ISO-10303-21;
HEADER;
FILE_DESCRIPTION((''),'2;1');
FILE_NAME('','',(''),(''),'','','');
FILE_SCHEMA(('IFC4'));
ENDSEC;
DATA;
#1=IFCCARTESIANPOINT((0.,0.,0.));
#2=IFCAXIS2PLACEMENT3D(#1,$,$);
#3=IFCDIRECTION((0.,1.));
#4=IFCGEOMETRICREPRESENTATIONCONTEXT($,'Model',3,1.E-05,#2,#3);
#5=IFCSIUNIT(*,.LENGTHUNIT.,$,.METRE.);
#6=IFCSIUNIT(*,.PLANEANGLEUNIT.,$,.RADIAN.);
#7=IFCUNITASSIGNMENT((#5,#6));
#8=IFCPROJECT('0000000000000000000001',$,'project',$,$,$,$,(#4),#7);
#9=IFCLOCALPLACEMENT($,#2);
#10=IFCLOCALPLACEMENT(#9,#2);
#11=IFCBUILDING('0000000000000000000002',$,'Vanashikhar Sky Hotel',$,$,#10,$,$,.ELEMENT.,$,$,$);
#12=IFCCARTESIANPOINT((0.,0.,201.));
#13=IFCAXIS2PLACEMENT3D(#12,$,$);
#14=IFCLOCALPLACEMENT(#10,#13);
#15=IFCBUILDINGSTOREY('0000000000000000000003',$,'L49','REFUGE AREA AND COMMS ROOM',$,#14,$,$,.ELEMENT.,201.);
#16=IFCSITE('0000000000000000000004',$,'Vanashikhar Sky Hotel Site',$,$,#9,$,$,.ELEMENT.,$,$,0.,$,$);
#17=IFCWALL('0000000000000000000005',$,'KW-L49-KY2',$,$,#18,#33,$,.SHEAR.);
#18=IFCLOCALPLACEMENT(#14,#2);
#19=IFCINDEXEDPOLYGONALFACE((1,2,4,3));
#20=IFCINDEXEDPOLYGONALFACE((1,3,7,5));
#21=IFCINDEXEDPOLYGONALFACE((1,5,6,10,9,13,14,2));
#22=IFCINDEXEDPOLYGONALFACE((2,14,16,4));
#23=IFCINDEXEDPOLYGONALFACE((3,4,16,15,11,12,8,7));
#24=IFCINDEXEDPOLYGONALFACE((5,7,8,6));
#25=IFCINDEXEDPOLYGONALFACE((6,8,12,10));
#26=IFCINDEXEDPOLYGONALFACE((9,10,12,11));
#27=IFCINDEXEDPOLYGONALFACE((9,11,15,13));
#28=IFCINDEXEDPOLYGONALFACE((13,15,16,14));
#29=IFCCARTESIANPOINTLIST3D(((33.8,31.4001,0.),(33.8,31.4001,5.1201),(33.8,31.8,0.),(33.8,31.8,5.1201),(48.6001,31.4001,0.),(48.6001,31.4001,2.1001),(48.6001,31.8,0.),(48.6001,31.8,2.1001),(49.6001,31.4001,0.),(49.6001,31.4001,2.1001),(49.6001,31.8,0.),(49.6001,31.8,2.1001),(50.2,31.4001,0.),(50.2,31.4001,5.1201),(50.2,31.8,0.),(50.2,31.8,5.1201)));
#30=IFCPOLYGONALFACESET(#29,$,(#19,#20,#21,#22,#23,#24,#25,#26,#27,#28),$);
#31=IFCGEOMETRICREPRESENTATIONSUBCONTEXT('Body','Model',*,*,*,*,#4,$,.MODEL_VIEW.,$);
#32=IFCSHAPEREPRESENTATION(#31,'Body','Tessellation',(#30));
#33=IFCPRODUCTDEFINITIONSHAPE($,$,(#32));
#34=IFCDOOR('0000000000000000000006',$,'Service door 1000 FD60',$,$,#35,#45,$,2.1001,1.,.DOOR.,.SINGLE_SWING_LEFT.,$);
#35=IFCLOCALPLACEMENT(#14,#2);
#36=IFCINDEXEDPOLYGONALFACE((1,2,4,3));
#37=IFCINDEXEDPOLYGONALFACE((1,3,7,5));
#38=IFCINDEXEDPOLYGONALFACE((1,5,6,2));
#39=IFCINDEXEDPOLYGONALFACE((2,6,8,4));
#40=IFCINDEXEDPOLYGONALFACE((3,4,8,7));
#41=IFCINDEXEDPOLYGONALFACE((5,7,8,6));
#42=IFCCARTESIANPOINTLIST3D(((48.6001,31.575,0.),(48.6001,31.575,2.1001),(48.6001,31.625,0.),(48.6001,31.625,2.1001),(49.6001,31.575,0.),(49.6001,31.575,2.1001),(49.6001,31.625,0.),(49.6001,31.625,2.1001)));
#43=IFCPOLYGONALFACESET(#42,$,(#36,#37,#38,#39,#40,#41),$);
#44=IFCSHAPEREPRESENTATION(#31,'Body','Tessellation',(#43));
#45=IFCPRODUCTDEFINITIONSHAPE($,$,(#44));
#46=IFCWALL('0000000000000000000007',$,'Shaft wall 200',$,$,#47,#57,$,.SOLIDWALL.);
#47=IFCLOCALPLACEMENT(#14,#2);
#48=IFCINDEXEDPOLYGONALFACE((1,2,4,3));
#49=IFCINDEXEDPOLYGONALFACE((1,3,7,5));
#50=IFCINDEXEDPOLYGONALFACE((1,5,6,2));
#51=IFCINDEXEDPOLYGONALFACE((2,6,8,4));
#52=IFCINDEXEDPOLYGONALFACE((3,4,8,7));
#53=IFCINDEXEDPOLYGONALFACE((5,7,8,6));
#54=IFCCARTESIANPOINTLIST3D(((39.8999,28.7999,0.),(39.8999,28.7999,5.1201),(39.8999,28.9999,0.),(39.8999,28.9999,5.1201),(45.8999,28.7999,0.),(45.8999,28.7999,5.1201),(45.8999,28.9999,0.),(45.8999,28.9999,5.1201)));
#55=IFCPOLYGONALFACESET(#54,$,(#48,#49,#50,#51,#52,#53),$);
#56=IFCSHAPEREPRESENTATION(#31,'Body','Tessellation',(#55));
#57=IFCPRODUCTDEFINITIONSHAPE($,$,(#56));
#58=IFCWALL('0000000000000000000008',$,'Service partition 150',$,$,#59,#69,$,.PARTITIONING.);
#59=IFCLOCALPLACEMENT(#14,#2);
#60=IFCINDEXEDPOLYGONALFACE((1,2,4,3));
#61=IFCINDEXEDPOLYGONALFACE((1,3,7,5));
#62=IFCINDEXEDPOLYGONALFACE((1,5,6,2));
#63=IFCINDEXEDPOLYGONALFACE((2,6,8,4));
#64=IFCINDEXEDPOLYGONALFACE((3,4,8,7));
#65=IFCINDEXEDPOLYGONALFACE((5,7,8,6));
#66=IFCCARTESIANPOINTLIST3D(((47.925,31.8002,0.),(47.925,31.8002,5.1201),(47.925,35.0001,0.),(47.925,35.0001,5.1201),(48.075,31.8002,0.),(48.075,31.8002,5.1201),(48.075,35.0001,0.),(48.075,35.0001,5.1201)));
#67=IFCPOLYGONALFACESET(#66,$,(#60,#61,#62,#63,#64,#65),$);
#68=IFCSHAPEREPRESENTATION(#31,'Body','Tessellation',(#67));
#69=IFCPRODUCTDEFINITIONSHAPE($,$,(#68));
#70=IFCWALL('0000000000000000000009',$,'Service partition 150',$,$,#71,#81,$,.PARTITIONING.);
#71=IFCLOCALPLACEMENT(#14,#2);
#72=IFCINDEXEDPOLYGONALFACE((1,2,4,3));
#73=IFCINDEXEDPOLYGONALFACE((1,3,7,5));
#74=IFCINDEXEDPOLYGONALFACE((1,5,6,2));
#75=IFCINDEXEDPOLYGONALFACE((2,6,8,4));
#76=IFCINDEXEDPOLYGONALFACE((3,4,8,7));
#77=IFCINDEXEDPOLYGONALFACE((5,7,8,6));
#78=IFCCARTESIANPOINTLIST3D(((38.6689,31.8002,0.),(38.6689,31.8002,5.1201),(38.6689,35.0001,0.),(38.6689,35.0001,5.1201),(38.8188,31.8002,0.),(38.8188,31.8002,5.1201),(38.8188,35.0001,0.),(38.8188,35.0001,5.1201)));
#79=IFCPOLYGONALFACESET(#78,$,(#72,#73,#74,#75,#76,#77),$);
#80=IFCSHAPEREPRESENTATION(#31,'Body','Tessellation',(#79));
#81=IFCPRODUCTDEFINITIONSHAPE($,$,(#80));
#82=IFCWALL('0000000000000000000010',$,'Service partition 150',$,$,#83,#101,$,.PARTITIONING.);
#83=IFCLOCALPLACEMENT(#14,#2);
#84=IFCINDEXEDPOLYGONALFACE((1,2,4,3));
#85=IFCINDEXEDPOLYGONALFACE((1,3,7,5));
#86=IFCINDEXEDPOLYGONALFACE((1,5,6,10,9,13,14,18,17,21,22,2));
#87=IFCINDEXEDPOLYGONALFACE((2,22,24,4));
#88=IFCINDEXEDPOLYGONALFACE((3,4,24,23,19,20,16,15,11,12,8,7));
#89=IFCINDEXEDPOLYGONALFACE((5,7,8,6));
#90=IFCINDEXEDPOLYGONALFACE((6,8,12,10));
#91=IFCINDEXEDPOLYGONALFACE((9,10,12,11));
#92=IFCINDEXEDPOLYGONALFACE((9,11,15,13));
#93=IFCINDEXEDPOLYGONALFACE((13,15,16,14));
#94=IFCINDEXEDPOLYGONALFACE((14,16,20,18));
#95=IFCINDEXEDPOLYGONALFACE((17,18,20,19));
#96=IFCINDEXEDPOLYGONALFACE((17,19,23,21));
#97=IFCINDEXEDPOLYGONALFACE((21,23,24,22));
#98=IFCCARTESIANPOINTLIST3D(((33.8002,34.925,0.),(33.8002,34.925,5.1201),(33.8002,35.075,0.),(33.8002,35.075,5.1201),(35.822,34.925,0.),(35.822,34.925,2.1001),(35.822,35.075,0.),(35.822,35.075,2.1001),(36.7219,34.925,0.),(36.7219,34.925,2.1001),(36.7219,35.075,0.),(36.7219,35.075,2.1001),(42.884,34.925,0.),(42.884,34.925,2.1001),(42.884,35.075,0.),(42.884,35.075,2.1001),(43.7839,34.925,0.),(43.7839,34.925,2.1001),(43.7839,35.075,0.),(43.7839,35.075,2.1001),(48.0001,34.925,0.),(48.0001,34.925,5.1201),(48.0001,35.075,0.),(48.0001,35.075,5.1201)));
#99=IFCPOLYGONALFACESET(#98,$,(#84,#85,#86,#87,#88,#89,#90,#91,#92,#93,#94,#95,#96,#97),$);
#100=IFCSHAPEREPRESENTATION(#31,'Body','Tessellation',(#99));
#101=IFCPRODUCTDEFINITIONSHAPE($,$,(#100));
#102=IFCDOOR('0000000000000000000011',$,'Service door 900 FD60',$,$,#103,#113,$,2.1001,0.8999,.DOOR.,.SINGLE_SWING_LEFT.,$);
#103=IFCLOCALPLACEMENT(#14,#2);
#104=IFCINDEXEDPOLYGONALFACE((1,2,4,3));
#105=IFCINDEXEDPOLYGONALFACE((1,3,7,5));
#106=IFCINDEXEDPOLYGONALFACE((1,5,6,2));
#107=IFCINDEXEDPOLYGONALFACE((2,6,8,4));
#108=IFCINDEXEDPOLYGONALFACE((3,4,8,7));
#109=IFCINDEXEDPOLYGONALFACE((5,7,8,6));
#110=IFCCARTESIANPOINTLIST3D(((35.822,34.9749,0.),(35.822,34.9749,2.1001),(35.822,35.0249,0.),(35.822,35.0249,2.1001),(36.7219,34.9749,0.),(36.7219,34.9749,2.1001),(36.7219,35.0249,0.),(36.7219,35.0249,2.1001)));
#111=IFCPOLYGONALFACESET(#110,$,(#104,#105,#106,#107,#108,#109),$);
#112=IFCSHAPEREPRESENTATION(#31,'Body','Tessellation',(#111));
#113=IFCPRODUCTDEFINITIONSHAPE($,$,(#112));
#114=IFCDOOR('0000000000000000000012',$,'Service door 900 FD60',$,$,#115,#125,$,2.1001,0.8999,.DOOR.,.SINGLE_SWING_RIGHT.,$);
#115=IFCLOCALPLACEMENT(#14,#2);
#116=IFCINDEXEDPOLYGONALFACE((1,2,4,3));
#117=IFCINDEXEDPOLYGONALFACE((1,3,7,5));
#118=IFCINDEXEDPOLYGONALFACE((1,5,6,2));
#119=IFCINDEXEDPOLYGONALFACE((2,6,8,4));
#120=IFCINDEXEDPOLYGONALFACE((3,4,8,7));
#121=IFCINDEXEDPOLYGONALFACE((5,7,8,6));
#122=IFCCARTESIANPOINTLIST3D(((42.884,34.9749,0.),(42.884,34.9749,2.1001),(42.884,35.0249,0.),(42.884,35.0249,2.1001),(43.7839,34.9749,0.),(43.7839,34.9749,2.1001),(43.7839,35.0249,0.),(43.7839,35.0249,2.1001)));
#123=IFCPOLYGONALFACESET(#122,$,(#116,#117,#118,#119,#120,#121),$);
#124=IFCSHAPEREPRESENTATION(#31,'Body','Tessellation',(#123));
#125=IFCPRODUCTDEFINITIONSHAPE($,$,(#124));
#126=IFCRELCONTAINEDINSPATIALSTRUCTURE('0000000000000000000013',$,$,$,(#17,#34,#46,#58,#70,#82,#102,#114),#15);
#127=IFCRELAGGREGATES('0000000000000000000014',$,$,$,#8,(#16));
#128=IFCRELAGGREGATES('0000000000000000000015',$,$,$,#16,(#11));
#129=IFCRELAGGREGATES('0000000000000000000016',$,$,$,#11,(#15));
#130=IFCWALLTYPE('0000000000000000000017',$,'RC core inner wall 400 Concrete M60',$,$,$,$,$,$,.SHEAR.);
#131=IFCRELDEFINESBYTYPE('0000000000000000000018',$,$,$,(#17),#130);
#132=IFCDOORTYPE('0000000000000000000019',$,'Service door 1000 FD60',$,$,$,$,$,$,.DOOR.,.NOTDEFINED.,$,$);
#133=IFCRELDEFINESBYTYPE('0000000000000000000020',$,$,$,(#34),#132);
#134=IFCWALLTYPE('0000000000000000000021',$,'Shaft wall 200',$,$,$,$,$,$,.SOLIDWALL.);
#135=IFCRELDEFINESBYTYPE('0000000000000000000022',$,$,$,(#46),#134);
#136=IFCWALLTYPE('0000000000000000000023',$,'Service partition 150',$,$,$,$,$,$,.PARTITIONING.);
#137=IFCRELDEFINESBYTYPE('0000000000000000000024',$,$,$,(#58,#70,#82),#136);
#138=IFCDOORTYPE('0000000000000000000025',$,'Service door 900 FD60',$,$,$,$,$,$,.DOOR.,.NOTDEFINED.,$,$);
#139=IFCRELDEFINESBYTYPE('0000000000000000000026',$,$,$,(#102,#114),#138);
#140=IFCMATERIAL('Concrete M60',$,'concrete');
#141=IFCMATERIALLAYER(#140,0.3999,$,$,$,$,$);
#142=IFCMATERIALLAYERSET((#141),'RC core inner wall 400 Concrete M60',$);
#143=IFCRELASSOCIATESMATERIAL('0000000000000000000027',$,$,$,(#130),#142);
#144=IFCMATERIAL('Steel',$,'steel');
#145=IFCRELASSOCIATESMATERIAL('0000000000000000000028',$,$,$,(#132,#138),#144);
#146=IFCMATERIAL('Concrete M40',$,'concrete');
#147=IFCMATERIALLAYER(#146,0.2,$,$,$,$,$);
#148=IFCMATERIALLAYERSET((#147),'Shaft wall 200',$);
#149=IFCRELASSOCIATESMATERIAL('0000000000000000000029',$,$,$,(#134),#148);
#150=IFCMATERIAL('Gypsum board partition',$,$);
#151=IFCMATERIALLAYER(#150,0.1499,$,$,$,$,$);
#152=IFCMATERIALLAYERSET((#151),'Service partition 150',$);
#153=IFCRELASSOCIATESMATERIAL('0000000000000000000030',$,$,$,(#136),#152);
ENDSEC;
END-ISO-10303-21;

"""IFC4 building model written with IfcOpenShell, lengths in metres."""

from ifc_helpers import new_model, si_unit, direction, frame, frame_2d, origin, place, context, subcontext, project, spatial, rectangle, extrude, source, transform, mapped, material, layer, layer_set, type_object, element, fill, save


model = new_model("IFC4")

# Units and contexts
model_context = context("Model", 3, precision=1e-05, world=origin(), true_north=direction((0.0, 1.0)))
body_context = subcontext(model_context, "Body", "Model", "MODEL_VIEW")
ifc_project = project(units=[si_unit("LENGTHUNIT", "METRE"), si_unit("PLANEANGLEUNIT", "RADIAN")], contexts=[model_context])

# Site, building, storey
site_placement = place(None, origin())
site = spatial("IfcSite", under=ifc_project, at=site_placement, Name="Vanashikhar Sky Hotel Site", CompositionType="ELEMENT", RefElevation=0.0)
building_placement = place(site_placement, origin())
building = spatial("IfcBuilding", under=site, at=building_placement, Name="Vanashikhar Sky Hotel", CompositionType="ELEMENT")
storey_placement = place(building_placement, frame((0.0, 0.0, 201.0)))
storey = spatial("IfcBuildingStorey", under=building, at=storey_placement, Name="L49", Description="REFUGE AREA AND COMMS ROOM", CompositionType="ELEMENT", Elevation=201.0)

# Wall, opening, door
ifc_material_1 = material(Name="Concrete M60", Category="concrete")
ifc_layer_1 = layer(ifc_material_1, 0.3999)
ifc_layer_set_1 = layer_set([ifc_layer_1], Name="RC core inner wall 400 Concrete M60")
wall_type_1 = type_object("IfcWallType", Name="RC core inner wall 400 Concrete M60", PredefinedType="SHEAR", material=ifc_layer_set_1)
shared_shape_1 = source(origin(), body_context, "Body", "SweptSolid", [
    extrude(rectangle(XDim=16.3999, YDim=0.3999, at=frame_2d((8.2, 0.0))), origin(), (0.0, 0.0, 1.0), 5.1201),
])
wall_1_placement = place(storey_placement, frame((33.8, 31.6001, 0.0), z_axis=(0.0, 0.0, 1.0), x_axis=(1.0, 0.0, 0.0)))
wall_1 = element("IfcWall", 1, at=wall_1_placement, inside=storey, type_object=wall_type_1, Name="KW-L49-KY2", PredefinedType="SHEAR", context=body_context, shape_type="MappedRepresentation", body=[
    mapped(shared_shape_1, transform((0.0, 0.0, 0.0), scale=1.0)),
])
shared_shape_2 = source(origin(), body_context, "Body", "SweptSolid", [
    extrude(rectangle(XDim=1.0, YDim=2.1001, at=frame_2d((0.5, 1.05))), frame((0.0, 0.21, 0.0), z_axis=(0.0, -1.0, 0.0), x_axis=(1.0, 0.0, 0.0)), (0.0, 0.0, 1.0), 0.4199),
])
opening_1_placement = place(wall_1_placement, frame((14.8, 0.0, 0.0)))
opening_1 = element("IfcOpeningElement", 2, at=opening_1_placement, cuts=wall_1, PredefinedType="OPENING", context=body_context, shape_type="MappedRepresentation", body=[
    mapped(shared_shape_2, transform((0.0, 0.0, 0.0), scale=1.0)),
])
ifc_material_2 = material(Name="Steel", Category="steel")
door_type_1 = type_object("IfcDoorType", Name="Service door 1000 FD60", OperationType="NOTDEFINED", PredefinedType="DOOR", material=ifc_material_2)
shared_shape_3 = source(origin(), body_context, "Body", "SweptSolid", [
    extrude(rectangle(XDim=1.0, YDim=2.1001, at=frame_2d((0.5, 1.05))), frame((0.0, 0.0249, 0.0), z_axis=(0.0, -1.0, 0.0), x_axis=(1.0, 0.0, 0.0)), (0.0, 0.0, 1.0), 0.05),
])
door_1_placement = place(opening_1_placement, origin())
door_1 = element("IfcDoor", 3, at=door_1_placement, inside=storey, type_object=door_type_1, Name="Service door 1000 FD60", OperationType="SINGLE_SWING_LEFT", OverallHeight=2.1001, OverallWidth=1.0, PredefinedType="DOOR", context=body_context, shape_type="MappedRepresentation", body=[
    mapped(shared_shape_3, transform((0.0, 0.0, 0.0), scale=1.0)),
])
fill(opening_1, door_1)

# Walls
ifc_material_3 = material(Name="Concrete M40", Category="concrete")
ifc_layer_2 = layer(ifc_material_3, 0.2)
ifc_layer_set_2 = layer_set([ifc_layer_2], Name="Shaft wall 200")
wall_type_2 = type_object("IfcWallType", Name="Shaft wall 200", PredefinedType="SOLIDWALL", material=ifc_layer_set_2)
shared_shape_4 = source(origin(), body_context, "Body", "SweptSolid", [
    extrude(rectangle(XDim=6.0, YDim=0.2, at=frame_2d((3.0, 0.0))), origin(), (0.0, 0.0, 1.0), 5.1201),
])
wall_2_placement = place(storey_placement, frame((39.8999, 28.8999, 0.0), z_axis=(0.0, 0.0, 1.0), x_axis=(1.0, 0.0, 0.0)))
element("IfcWall", 4, at=wall_2_placement, inside=storey, type_object=wall_type_2, Name="Shaft wall 200", PredefinedType="SOLIDWALL", context=body_context, shape_type="MappedRepresentation", body=[
    mapped(shared_shape_4, transform((0.0, 0.0, 0.0), scale=1.0)),
])
ifc_material_4 = material(Name="Gypsum board partition")
ifc_layer_3 = layer(ifc_material_4, 0.1499)
ifc_layer_set_3 = layer_set([ifc_layer_3], Name="Service partition 150")
wall_type_3 = type_object("IfcWallType", Name="Service partition 150", PredefinedType="PARTITIONING", material=ifc_layer_set_3)
shared_shape_5 = source(origin(), body_context, "Body", "SweptSolid", [
    extrude(rectangle(XDim=3.2, YDim=0.1499, at=frame_2d((1.6001, 0.0))), origin(), (0.0, 0.0, 1.0), 5.1201),
])
for number, where, z_axis, x_axis, name in (
    (5, (48.0, 31.8, 0.0), (0.0, 0.0, 1.0), (0.0, 1.0, 0.0), "Service partition 150"),
    (6, (38.7439, 31.8, 0.0), (0.0, 0.0, 1.0), (0.0, 1.0, 0.0), "Service partition 150"),
):
    element("IfcWall", number, at=place(storey_placement, frame(where, z_axis=z_axis, x_axis=x_axis)), inside=storey, type_object=wall_type_3, Name=name, PredefinedType="PARTITIONING", context=body_context, shape_type="MappedRepresentation", body=[
        mapped(shared_shape_5, transform((0.0, 0.0, 0.0), scale=1.0)),
    ])

# Wall, openings, doors
shared_shape_6 = source(origin(), body_context, "Body", "SweptSolid", [
    extrude(rectangle(XDim=14.2, YDim=0.1499, at=frame_2d((7.1001, 0.0))), origin(), (0.0, 0.0, 1.0), 5.1201),
])
wall_3_placement = place(storey_placement, frame((33.8, 35.0, 0.0), z_axis=(0.0, 0.0, 1.0), x_axis=(1.0, 0.0, 0.0)))
wall_3 = element("IfcWall", 7, at=wall_3_placement, inside=storey, type_object=wall_type_3, Name="Service partition 150", PredefinedType="PARTITIONING", context=body_context, shape_type="MappedRepresentation", body=[
    mapped(shared_shape_6, transform((0.0, 0.0, 0.0), scale=1.0)),
])
shared_shape_7 = source(origin(), body_context, "Body", "SweptSolid", [
    extrude(rectangle(XDim=0.8999, YDim=2.1001, at=frame_2d((0.45, 1.05))), frame((0.0, 0.085, 0.0), z_axis=(0.0, -1.0, 0.0), x_axis=(1.0, 0.0, 0.0)), (0.0, 0.0, 1.0), 0.1699),
])
opening_2_placement = place(wall_3_placement, frame((2.022, 0.0, 0.0)))
opening_2 = element("IfcOpeningElement", 8, at=opening_2_placement, cuts=wall_3, PredefinedType="OPENING", context=body_context, shape_type="MappedRepresentation", body=[
    mapped(shared_shape_7, transform((0.0, 0.0, 0.0), scale=1.0)),
])
opening_3_placement = place(wall_3_placement, frame((9.084, 0.0, 0.0)))
opening_3 = element("IfcOpeningElement", 9, at=opening_3_placement, cuts=wall_3, PredefinedType="OPENING", context=body_context, shape_type="MappedRepresentation", body=[
    mapped(shared_shape_7, transform((0.0, 0.0, 0.0), scale=1.0)),
])
door_type_2 = type_object("IfcDoorType", Name="Service door 900 FD60", OperationType="NOTDEFINED", PredefinedType="DOOR", material=ifc_material_2)
shared_shape_8 = source(origin(), body_context, "Body", "SweptSolid", [
    extrude(rectangle(XDim=0.8999, YDim=2.1001, at=frame_2d((0.45, 1.05))), frame((0.0, 0.0249, 0.0), z_axis=(0.0, -1.0, 0.0), x_axis=(1.0, 0.0, 0.0)), (0.0, 0.0, 1.0), 0.05),
])
door_2_placement = place(opening_2_placement, origin())
door_2 = element("IfcDoor", 10, at=door_2_placement, inside=storey, type_object=door_type_2, Name="Service door 900 FD60", OperationType="SINGLE_SWING_LEFT", OverallHeight=2.1001, OverallWidth=0.8999, PredefinedType="DOOR", context=body_context, shape_type="MappedRepresentation", body=[
    mapped(shared_shape_8, transform((0.0, 0.0, 0.0), scale=1.0)),
])
fill(opening_2, door_2)
door_3_placement = place(opening_3_placement, origin())
door_3 = element("IfcDoor", 11, at=door_3_placement, inside=storey, type_object=door_type_2, Name="Service door 900 FD60", OperationType="SINGLE_SWING_RIGHT", OverallHeight=2.1001, OverallWidth=0.8999, PredefinedType="DOOR", context=body_context, shape_type="MappedRepresentation", body=[
    mapped(shared_shape_8, transform((0.0, 0.0, 0.0), scale=1.0)),
])
fill(opening_3, door_3)

save(model, "model.ifc")
